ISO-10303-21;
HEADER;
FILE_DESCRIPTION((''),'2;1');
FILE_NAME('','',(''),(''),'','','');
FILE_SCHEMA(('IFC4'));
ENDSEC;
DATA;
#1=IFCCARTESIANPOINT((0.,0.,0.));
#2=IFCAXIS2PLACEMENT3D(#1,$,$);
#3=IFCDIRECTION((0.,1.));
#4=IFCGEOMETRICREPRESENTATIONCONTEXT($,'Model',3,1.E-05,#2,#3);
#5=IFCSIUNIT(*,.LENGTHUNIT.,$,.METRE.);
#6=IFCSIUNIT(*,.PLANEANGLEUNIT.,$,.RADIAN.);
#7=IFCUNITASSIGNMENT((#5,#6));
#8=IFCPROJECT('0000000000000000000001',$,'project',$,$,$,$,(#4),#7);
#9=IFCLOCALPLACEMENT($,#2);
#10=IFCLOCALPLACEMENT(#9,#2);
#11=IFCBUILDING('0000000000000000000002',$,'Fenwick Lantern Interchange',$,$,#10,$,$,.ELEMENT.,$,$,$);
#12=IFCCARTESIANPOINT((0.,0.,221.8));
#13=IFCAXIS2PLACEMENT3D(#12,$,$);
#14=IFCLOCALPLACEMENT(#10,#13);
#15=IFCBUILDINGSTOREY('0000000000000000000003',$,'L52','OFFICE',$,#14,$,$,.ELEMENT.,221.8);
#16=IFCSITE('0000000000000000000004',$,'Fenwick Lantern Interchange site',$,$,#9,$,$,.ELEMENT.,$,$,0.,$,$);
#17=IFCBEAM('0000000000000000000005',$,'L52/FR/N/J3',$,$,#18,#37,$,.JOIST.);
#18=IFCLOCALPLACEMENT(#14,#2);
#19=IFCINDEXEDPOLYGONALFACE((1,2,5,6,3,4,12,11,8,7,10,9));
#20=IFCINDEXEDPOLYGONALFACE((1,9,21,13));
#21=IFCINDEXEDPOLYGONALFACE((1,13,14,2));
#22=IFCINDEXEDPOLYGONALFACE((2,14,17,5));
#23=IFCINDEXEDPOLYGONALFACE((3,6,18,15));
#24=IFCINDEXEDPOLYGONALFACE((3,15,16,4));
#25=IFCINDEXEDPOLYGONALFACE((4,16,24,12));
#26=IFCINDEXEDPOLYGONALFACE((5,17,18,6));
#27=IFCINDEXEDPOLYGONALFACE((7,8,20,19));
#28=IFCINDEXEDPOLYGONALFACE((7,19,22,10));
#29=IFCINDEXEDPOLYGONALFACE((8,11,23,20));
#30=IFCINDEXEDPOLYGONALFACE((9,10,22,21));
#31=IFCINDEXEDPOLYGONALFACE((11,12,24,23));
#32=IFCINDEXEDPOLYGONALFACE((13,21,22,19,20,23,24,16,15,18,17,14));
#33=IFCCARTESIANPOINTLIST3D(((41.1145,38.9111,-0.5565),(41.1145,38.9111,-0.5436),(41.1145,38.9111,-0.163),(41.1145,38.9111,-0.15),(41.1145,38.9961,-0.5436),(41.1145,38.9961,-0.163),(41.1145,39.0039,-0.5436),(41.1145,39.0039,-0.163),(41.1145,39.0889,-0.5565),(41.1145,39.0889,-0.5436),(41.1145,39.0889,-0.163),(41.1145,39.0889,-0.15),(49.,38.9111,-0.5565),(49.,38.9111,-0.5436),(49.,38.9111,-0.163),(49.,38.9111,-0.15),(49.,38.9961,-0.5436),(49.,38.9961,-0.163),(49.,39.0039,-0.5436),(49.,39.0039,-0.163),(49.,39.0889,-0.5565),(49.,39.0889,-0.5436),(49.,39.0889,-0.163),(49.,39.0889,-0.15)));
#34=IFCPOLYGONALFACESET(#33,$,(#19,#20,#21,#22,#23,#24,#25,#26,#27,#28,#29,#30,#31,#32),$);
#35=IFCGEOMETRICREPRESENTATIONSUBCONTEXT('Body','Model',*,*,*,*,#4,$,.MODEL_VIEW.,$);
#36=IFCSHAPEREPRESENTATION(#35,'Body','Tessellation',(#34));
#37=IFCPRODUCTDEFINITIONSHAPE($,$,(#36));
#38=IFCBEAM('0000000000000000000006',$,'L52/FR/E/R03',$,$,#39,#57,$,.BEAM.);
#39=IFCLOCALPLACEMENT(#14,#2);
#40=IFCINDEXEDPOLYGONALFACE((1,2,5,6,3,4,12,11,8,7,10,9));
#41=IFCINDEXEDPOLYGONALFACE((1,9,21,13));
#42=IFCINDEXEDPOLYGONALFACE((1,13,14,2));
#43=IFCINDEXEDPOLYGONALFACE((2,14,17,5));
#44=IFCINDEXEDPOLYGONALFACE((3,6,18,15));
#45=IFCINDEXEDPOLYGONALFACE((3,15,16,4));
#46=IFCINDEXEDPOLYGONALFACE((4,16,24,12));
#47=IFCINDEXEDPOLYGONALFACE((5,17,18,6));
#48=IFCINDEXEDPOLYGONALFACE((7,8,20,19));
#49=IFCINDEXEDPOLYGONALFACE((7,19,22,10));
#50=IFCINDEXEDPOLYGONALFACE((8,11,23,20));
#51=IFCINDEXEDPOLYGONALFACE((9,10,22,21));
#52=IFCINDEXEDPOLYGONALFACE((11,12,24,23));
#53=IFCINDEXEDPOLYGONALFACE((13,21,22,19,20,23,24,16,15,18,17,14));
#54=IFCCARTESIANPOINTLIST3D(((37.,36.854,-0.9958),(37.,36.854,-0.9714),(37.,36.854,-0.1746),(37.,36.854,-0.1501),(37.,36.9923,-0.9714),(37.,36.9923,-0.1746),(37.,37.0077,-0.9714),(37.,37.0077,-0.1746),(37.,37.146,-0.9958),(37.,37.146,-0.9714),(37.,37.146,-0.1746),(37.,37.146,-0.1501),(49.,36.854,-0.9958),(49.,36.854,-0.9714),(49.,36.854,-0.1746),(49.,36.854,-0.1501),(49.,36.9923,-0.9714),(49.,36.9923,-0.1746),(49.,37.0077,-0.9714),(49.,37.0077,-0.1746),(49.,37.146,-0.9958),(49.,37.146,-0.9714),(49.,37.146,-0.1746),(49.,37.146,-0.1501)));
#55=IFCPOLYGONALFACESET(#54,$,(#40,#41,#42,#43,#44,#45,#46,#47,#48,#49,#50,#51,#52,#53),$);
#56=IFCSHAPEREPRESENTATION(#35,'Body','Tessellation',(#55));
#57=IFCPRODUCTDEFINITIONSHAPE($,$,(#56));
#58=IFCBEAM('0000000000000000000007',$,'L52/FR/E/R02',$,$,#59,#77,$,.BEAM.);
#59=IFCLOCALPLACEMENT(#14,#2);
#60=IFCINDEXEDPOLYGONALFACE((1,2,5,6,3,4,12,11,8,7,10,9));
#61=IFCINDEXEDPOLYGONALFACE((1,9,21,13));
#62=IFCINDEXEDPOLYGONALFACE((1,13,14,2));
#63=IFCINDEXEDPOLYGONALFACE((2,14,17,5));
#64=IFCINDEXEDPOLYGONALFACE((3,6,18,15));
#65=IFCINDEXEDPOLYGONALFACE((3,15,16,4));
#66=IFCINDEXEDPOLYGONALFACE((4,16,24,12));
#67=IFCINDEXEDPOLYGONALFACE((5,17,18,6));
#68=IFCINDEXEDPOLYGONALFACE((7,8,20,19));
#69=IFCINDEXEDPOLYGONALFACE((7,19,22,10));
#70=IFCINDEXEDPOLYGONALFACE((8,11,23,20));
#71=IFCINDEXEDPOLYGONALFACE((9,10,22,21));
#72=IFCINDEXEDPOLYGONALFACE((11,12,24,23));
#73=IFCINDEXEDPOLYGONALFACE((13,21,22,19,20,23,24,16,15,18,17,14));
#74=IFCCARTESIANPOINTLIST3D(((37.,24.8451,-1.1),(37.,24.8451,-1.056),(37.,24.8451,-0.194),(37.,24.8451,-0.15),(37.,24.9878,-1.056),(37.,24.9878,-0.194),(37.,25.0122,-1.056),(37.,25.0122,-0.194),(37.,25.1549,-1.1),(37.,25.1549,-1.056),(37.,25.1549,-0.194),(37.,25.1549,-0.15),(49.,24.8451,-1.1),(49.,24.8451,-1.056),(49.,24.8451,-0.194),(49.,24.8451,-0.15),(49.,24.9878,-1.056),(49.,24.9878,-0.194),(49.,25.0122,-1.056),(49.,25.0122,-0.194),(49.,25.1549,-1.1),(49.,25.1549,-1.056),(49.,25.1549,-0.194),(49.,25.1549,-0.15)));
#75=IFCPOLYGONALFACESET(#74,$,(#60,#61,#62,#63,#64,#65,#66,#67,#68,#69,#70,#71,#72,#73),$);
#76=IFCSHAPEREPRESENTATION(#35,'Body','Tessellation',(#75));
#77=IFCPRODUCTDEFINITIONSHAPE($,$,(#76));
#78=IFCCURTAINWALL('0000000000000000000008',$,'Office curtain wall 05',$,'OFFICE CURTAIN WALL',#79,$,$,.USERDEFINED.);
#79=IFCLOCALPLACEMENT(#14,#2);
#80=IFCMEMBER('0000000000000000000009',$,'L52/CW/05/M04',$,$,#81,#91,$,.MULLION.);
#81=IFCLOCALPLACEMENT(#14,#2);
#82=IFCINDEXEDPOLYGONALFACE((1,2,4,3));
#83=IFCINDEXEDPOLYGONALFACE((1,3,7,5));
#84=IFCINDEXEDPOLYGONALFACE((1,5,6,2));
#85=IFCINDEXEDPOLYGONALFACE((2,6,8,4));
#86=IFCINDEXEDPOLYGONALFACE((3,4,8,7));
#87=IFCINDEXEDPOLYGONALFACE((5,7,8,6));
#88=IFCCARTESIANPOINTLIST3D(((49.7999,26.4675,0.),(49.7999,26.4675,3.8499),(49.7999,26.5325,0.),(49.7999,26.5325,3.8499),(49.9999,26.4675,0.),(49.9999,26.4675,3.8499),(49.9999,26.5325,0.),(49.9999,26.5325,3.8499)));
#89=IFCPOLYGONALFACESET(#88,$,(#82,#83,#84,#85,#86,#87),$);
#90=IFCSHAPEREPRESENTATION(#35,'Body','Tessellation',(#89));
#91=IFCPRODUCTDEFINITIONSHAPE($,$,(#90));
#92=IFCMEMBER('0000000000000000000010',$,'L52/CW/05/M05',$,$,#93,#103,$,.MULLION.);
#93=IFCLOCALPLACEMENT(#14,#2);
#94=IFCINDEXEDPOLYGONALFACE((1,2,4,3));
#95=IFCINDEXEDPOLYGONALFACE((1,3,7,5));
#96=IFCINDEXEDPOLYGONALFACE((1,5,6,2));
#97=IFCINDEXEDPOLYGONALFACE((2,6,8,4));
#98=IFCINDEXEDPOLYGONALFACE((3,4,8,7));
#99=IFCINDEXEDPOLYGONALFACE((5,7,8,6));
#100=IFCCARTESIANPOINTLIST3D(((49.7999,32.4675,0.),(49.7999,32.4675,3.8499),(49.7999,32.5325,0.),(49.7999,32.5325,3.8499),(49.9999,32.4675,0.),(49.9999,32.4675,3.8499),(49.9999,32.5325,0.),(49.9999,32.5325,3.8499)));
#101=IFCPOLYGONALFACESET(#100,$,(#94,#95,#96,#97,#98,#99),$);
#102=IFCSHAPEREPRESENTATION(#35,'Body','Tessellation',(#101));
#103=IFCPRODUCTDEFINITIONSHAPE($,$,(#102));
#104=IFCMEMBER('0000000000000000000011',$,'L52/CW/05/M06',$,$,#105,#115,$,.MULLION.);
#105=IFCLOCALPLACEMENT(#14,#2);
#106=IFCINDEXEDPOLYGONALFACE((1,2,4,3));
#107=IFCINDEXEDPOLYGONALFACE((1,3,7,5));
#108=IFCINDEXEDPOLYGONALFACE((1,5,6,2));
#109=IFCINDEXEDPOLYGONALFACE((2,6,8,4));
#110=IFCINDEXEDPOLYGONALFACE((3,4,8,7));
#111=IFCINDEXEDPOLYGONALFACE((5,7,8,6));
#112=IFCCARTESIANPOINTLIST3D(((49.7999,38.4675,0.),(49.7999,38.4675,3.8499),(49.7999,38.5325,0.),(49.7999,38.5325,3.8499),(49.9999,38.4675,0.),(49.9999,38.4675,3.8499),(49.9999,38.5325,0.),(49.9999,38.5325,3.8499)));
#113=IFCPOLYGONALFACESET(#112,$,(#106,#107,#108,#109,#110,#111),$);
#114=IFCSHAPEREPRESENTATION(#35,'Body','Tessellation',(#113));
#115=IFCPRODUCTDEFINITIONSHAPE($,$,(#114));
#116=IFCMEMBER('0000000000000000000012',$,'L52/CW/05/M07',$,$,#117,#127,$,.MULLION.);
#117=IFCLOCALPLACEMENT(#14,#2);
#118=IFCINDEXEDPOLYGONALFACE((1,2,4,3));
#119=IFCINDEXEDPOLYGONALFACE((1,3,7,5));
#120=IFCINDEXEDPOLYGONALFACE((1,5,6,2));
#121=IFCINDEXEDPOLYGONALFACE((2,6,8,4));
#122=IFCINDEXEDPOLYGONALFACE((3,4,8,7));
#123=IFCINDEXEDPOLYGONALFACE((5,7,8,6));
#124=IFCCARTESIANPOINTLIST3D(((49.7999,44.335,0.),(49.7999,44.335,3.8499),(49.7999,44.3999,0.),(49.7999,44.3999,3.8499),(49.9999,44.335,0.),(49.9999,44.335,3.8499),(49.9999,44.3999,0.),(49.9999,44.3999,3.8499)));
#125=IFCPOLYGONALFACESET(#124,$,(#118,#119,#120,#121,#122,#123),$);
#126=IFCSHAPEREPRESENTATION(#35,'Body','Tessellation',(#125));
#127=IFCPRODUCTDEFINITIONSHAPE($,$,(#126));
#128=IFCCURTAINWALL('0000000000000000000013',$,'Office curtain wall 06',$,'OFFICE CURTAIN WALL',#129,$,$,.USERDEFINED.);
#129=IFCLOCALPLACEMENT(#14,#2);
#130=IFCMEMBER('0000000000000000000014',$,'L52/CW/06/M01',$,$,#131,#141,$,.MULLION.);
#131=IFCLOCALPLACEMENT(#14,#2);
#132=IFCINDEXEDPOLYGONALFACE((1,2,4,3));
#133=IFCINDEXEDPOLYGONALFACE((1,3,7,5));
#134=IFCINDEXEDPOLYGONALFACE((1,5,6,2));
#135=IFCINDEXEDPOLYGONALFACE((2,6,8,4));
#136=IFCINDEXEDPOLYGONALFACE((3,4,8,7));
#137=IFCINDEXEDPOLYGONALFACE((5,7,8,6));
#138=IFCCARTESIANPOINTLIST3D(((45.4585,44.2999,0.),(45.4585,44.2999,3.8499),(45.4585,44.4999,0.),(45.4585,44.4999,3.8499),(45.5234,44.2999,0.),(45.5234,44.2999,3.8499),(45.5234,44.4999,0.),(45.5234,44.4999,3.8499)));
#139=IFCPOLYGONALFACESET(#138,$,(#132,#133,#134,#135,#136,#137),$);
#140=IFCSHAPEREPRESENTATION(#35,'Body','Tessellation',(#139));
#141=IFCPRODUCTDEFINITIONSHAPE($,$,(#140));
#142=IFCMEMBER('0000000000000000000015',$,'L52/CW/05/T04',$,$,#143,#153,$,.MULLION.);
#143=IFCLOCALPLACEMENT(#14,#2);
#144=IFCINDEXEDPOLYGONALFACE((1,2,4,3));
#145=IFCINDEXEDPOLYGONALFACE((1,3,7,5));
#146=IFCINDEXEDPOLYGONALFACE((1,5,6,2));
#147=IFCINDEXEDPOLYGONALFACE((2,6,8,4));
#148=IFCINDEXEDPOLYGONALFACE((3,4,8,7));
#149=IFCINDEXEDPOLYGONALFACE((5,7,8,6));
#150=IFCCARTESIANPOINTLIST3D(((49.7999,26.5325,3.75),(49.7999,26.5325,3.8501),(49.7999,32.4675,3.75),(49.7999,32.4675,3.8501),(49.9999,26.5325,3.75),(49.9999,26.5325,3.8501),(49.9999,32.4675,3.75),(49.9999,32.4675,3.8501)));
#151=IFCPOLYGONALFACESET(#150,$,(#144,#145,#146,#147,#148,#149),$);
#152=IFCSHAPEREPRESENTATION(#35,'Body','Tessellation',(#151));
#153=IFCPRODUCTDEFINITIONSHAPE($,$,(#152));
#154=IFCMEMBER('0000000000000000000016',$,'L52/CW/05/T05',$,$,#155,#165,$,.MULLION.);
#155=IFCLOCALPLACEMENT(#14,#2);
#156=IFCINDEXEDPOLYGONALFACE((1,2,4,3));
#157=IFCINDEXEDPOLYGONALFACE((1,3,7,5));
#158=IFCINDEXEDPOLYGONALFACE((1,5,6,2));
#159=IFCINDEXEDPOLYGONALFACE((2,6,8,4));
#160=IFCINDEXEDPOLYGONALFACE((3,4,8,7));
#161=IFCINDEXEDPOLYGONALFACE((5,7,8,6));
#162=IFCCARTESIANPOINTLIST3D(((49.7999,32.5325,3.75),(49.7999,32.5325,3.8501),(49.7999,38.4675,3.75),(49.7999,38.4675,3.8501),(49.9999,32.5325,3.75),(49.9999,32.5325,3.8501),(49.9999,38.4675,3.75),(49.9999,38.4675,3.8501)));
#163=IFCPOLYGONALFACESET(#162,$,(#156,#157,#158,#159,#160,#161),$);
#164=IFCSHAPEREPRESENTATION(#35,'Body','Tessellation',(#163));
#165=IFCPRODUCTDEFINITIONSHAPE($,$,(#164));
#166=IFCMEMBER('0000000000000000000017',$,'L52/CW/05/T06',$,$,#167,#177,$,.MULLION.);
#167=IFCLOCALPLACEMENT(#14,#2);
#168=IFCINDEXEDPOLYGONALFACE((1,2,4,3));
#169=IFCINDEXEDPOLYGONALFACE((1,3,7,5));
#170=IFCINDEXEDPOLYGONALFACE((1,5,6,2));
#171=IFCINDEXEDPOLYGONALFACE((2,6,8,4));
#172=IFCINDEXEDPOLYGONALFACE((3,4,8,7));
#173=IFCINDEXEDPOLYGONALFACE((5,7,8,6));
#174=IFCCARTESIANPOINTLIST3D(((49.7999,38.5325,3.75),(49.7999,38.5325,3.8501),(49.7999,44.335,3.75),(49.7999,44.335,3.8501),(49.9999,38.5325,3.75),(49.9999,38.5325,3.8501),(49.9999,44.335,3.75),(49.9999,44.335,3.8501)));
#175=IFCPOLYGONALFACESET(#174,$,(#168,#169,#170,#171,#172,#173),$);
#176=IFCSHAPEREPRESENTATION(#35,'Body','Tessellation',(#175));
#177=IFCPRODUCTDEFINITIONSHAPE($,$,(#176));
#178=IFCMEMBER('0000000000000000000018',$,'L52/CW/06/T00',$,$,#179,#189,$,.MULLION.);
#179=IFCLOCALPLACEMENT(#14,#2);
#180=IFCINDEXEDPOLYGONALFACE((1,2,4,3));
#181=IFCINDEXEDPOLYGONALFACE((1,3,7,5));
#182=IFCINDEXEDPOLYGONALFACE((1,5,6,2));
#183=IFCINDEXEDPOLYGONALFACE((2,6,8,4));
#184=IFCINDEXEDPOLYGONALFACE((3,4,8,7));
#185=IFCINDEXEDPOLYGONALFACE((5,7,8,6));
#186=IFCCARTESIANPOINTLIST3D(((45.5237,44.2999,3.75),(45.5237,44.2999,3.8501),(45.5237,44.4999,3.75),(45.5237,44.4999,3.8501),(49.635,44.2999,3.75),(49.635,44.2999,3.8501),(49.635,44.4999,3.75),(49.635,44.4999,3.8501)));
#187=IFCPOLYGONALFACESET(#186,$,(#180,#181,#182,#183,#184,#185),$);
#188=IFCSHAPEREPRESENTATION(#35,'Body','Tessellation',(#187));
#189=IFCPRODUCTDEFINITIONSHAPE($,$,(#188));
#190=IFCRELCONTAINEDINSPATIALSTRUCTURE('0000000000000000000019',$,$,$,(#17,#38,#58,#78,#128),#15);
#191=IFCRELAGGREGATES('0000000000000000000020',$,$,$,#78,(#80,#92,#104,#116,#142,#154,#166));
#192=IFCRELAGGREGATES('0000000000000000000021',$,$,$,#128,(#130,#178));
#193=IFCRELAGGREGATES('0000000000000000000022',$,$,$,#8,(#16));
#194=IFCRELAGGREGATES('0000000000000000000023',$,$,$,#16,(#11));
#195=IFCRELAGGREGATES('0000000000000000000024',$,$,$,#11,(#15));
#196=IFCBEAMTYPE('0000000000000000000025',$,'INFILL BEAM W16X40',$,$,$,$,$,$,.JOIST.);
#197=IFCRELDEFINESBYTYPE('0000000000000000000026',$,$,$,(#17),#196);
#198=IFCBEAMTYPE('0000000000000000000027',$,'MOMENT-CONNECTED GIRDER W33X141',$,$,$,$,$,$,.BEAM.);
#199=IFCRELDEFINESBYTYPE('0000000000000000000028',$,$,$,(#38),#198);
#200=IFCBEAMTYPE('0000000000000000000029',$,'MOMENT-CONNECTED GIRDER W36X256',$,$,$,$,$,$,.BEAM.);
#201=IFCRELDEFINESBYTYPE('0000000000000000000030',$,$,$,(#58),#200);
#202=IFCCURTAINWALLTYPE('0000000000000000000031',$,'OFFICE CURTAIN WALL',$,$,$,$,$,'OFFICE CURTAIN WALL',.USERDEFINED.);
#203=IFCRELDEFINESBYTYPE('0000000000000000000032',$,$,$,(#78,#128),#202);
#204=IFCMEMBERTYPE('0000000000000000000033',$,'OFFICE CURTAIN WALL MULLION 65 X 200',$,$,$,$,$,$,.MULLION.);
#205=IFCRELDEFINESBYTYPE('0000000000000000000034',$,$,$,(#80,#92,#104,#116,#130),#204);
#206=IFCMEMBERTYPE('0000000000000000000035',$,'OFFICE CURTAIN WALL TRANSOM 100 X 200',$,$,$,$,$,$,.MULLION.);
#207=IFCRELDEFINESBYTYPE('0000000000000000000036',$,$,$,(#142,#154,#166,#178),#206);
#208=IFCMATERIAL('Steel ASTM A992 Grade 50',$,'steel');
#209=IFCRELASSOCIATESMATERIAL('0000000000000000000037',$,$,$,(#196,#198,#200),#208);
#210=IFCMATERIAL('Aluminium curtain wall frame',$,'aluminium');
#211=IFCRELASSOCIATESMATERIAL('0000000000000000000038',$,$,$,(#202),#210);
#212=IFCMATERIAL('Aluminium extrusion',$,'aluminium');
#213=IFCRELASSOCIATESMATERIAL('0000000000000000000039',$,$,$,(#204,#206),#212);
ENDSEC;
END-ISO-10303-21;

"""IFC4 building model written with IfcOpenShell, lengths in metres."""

from ifc_helpers import new_model, si_unit, direction, frame, origin, origin_2d, place, context, subcontext, project, spatial, rectangle, i_section, extrude, material, material_profile, profile_set, type_object, element, aggregate, save


model = new_model("IFC4")

# Units and contexts
model_context = context("Model", 3, precision=1e-05, world=origin(), true_north=direction((0.0, 1.0)))
body_context = subcontext(model_context, "Body", "Model", "MODEL_VIEW")
ifc_project = project(units=[si_unit("LENGTHUNIT", "METRE"), si_unit("PLANEANGLEUNIT", "RADIAN")], contexts=[model_context])

# Site, building, storey
site_placement = place(None, origin())
site = spatial("IfcSite", under=ifc_project, at=site_placement, Name="Fenwick Lantern Interchange site", CompositionType="ELEMENT", RefElevation=0.0)
building_placement = place(site_placement, origin())
building = spatial("IfcBuilding", under=site, at=building_placement, Name="Fenwick Lantern Interchange", CompositionType="ELEMENT")
storey_placement = place(building_placement, frame((0.0, 0.0, 221.8)))
storey = spatial("IfcBuildingStorey", under=building, at=storey_placement, Name="L52", Description="OFFICE", CompositionType="ELEMENT", Elevation=221.8)

# Shared definitions
ifc_material_1 = material(Name="Steel ASTM A992 Grade 50", Category="steel")

# Beams
ifc_material_profile_1 = material_profile(ifc_material_1, i_section(OverallWidth=0.1777, OverallDepth=0.4065, WebThickness=0.0078, FlangeThickness=0.0129, at=origin_2d()), Name="W16X40")
ifc_profile_set_1 = profile_set([ifc_material_profile_1], Name="Steel ASTM A992 Grade 50")
beam_type_1 = type_object("IfcBeamType", Name="INFILL BEAM W16X40", PredefinedType="JOIST", material=ifc_profile_set_1)
beam_1_placement = place(storey_placement, frame((49.0, 39.0, -0.3533), z_axis=(-1.0, 0.0, 0.0), x_axis=(0.0, -1.0, 0.0)))
element("IfcBeam", 1, at=beam_1_placement, inside=storey, type_object=beam_type_1, Name="L52/FR/N/J3", PredefinedType="JOIST", context=body_context, shape_type="SweptSolid", body=[
    extrude(i_section(OverallWidth=0.1777, OverallDepth=0.4065, WebThickness=0.0078, FlangeThickness=0.0129, at=origin_2d()), origin(), (0.0, 0.0, 1.0), 7.8855),
])
ifc_material_profile_2 = material_profile(ifc_material_1, i_section(OverallWidth=0.292, OverallDepth=0.8457, WebThickness=0.0154, FlangeThickness=0.0244, at=origin_2d()), Name="W33X141")
ifc_profile_set_2 = profile_set([ifc_material_profile_2], Name="Steel ASTM A992 Grade 50")
beam_type_2 = type_object("IfcBeamType", Name="MOMENT-CONNECTED GIRDER W33X141", PredefinedType="BEAM", material=ifc_profile_set_2)
beam_2_placement = place(storey_placement, frame((49.0, 37.0, -0.573), z_axis=(-1.0, 0.0, 0.0), x_axis=(0.0, -1.0, 0.0)))
element("IfcBeam", 2, at=beam_2_placement, inside=storey, type_object=beam_type_2, Name="L52/FR/E/R03", PredefinedType="BEAM", context=body_context, shape_type="SweptSolid", body=[
    extrude(i_section(OverallWidth=0.292, OverallDepth=0.8457, WebThickness=0.0154, FlangeThickness=0.0244, at=origin_2d()), origin(), (0.0, 0.0, 1.0), 12.0),
])
ifc_material_profile_3 = material_profile(ifc_material_1, i_section(OverallWidth=0.3098, OverallDepth=0.95, WebThickness=0.0244, FlangeThickness=0.0439, at=origin_2d()), Name="W36X256")
ifc_profile_set_3 = profile_set([ifc_material_profile_3], Name="Steel ASTM A992 Grade 50")
beam_type_3 = type_object("IfcBeamType", Name="MOMENT-CONNECTED GIRDER W36X256", PredefinedType="BEAM", material=ifc_profile_set_3)
beam_3_placement = place(storey_placement, frame((49.0, 25.0, -0.625), z_axis=(-1.0, 0.0, 0.0), x_axis=(0.0, -1.0, 0.0)))
element("IfcBeam", 3, at=beam_3_placement, inside=storey, type_object=beam_type_3, Name="L52/FR/E/R02", PredefinedType="BEAM", context=body_context, shape_type="SweptSolid", body=[
    extrude(i_section(OverallWidth=0.3098, OverallDepth=0.95, WebThickness=0.0244, FlangeThickness=0.0439, at=origin_2d()), origin(), (0.0, 0.0, 1.0), 12.0),
])

# Curtain wall, members
ifc_material_2 = material(Name="Aluminium curtain wall frame", Category="aluminium")
curtain_wall_type = type_object("IfcCurtainWallType", Name="OFFICE CURTAIN WALL", ElementType="OFFICE CURTAIN WALL", PredefinedType="USERDEFINED", material=ifc_material_2)
curtain_wall_1_placement = place(storey_placement, origin())
curtain_wall_1 = element("IfcCurtainWall", 4, at=curtain_wall_1_placement, inside=storey, type_object=curtain_wall_type, Name="Office curtain wall 05", ObjectType="OFFICE CURTAIN WALL", PredefinedType="USERDEFINED")
ifc_material_3 = material(Name="Aluminium extrusion", Category="aluminium")
ifc_material_profile_4 = material_profile(ifc_material_3, rectangle(XDim=0.2, YDim=0.0649, at=origin_2d()), Name="OFFICE CURTAIN WALL MULLION 65 X 200")
ifc_profile_set_4 = profile_set([ifc_material_profile_4], Name="Aluminium extrusion")
member_type_1 = type_object("IfcMemberType", Name="OFFICE CURTAIN WALL MULLION 65 X 200", PredefinedType="MULLION", material=ifc_profile_set_4)
member_1_placement = place(storey_placement, frame((49.8999, 26.5, 0.0), z_axis=(0.0, 0.0, 1.0), x_axis=(-1.0, 0.0, 0.0)))
member_1 = element("IfcMember", 5, at=member_1_placement, type_object=member_type_1, Name="L52/CW/05/M04", PredefinedType="MULLION", context=body_context, shape_type="SweptSolid", body=[
    extrude(rectangle(XDim=0.2, YDim=0.0649, at=origin_2d()), origin(), (0.0, 0.0, 1.0), 3.8499),
])
member_2_placement = place(storey_placement, frame((49.8999, 32.5, 0.0), z_axis=(0.0, 0.0, 1.0), x_axis=(-1.0, 0.0, 0.0)))
member_2 = element("IfcMember", 6, at=member_2_placement, type_object=member_type_1, Name="L52/CW/05/M05", PredefinedType="MULLION", context=body_context, shape_type="SweptSolid", body=[
    extrude(rectangle(XDim=0.2, YDim=0.0649, at=origin_2d()), origin(), (0.0, 0.0, 1.0), 3.8499),
])
member_3_placement = place(storey_placement, frame((49.8999, 38.5, 0.0), z_axis=(0.0, 0.0, 1.0), x_axis=(-1.0, 0.0, 0.0)))
member_3 = element("IfcMember", 7, at=member_3_placement, type_object=member_type_1, Name="L52/CW/05/M06", PredefinedType="MULLION", context=body_context, shape_type="SweptSolid", body=[
    extrude(rectangle(XDim=0.2, YDim=0.0649, at=origin_2d()), origin(), (0.0, 0.0, 1.0), 3.8499),
])
member_4_placement = place(storey_placement, frame((49.8999, 44.3674, 0.0), z_axis=(0.0, 0.0, 1.0), x_axis=(-1.0, 0.0, 0.0)))
member_4 = element("IfcMember", 8, at=member_4_placement, type_object=member_type_1, Name="L52/CW/05/M07", PredefinedType="MULLION", context=body_context, shape_type="SweptSolid", body=[
    extrude(rectangle(XDim=0.2, YDim=0.0649, at=origin_2d()), origin(), (0.0, 0.0, 1.0), 3.8499),
])

# Curtain wall, member
curtain_wall_2_placement = place(storey_placement, origin())
curtain_wall_2 = element("IfcCurtainWall", 9, at=curtain_wall_2_placement, inside=storey, type_object=curtain_wall_type, Name="Office curtain wall 06", ObjectType="OFFICE CURTAIN WALL", PredefinedType="USERDEFINED")
member_5_placement = place(storey_placement, frame((45.491, 44.3999, 0.0), z_axis=(0.0, 0.0, 1.0), x_axis=(0.0, -1.0, 0.0)))
member_5 = element("IfcMember", 10, at=member_5_placement, type_object=member_type_1, Name="L52/CW/06/M01", PredefinedType="MULLION", context=body_context, shape_type="SweptSolid", body=[
    extrude(rectangle(XDim=0.2, YDim=0.0649, at=origin_2d()), origin(), (0.0, 0.0, 1.0), 3.8499),
])

# Members
ifc_material_profile_5 = material_profile(ifc_material_3, rectangle(XDim=0.2, YDim=0.1001, at=origin_2d()), Name="OFFICE CURTAIN WALL TRANSOM 100 X 200")
ifc_profile_set_5 = profile_set([ifc_material_profile_5], Name="Aluminium extrusion")
member_type_2 = type_object("IfcMemberType", Name="OFFICE CURTAIN WALL TRANSOM 100 X 200", PredefinedType="MULLION", material=ifc_profile_set_5)
member_6_placement = place(storey_placement, frame((49.8999, 26.5325, 3.8), z_axis=(0.0, 1.0, 0.0), x_axis=(-1.0, 0.0, 0.0)))
member_6 = element("IfcMember", 11, at=member_6_placement, type_object=member_type_2, Name="L52/CW/05/T04", PredefinedType="MULLION", context=body_context, shape_type="SweptSolid", body=[
    extrude(rectangle(XDim=0.2, YDim=0.1001, at=origin_2d()), origin(), (0.0, 0.0, 1.0), 5.9351),
])
member_7_placement = place(storey_placement, frame((49.8999, 32.5325, 3.8), z_axis=(0.0, 1.0, 0.0), x_axis=(-1.0, 0.0, 0.0)))
member_7 = element("IfcMember", 12, at=member_7_placement, type_object=member_type_2, Name="L52/CW/05/T05", PredefinedType="MULLION", context=body_context, shape_type="SweptSolid", body=[
    extrude(rectangle(XDim=0.2, YDim=0.1001, at=origin_2d()), origin(), (0.0, 0.0, 1.0), 5.9351),
])
member_8_placement = place(storey_placement, frame((49.8999, 38.5325, 3.8), z_axis=(0.0, 1.0, 0.0), x_axis=(-1.0, 0.0, 0.0)))
member_8 = element("IfcMember", 13, at=member_8_placement, type_object=member_type_2, Name="L52/CW/05/T06", PredefinedType="MULLION", context=body_context, shape_type="SweptSolid", body=[
    extrude(rectangle(XDim=0.2, YDim=0.1001, at=origin_2d()), origin(), (0.0, 0.0, 1.0), 5.8025),
])
aggregate(curtain_wall_1, [member_1, member_2, member_3, member_4, member_6, member_7, member_8])
member_9_placement = place(storey_placement, frame((49.635, 44.3999, 3.8), z_axis=(-1.0, 0.0, 0.0), x_axis=(0.0, -1.0, 0.0)))
member_9 = element("IfcMember", 14, at=member_9_placement, type_object=member_type_2, Name="L52/CW/06/T00", PredefinedType="MULLION", context=body_context, shape_type="SweptSolid", body=[
    extrude(rectangle(XDim=0.2, YDim=0.1001, at=origin_2d()), origin(), (0.0, 0.0, 1.0), 4.1113),
])

aggregate(curtain_wall_2, [member_5, member_9])

save(model, "model.ifc")
